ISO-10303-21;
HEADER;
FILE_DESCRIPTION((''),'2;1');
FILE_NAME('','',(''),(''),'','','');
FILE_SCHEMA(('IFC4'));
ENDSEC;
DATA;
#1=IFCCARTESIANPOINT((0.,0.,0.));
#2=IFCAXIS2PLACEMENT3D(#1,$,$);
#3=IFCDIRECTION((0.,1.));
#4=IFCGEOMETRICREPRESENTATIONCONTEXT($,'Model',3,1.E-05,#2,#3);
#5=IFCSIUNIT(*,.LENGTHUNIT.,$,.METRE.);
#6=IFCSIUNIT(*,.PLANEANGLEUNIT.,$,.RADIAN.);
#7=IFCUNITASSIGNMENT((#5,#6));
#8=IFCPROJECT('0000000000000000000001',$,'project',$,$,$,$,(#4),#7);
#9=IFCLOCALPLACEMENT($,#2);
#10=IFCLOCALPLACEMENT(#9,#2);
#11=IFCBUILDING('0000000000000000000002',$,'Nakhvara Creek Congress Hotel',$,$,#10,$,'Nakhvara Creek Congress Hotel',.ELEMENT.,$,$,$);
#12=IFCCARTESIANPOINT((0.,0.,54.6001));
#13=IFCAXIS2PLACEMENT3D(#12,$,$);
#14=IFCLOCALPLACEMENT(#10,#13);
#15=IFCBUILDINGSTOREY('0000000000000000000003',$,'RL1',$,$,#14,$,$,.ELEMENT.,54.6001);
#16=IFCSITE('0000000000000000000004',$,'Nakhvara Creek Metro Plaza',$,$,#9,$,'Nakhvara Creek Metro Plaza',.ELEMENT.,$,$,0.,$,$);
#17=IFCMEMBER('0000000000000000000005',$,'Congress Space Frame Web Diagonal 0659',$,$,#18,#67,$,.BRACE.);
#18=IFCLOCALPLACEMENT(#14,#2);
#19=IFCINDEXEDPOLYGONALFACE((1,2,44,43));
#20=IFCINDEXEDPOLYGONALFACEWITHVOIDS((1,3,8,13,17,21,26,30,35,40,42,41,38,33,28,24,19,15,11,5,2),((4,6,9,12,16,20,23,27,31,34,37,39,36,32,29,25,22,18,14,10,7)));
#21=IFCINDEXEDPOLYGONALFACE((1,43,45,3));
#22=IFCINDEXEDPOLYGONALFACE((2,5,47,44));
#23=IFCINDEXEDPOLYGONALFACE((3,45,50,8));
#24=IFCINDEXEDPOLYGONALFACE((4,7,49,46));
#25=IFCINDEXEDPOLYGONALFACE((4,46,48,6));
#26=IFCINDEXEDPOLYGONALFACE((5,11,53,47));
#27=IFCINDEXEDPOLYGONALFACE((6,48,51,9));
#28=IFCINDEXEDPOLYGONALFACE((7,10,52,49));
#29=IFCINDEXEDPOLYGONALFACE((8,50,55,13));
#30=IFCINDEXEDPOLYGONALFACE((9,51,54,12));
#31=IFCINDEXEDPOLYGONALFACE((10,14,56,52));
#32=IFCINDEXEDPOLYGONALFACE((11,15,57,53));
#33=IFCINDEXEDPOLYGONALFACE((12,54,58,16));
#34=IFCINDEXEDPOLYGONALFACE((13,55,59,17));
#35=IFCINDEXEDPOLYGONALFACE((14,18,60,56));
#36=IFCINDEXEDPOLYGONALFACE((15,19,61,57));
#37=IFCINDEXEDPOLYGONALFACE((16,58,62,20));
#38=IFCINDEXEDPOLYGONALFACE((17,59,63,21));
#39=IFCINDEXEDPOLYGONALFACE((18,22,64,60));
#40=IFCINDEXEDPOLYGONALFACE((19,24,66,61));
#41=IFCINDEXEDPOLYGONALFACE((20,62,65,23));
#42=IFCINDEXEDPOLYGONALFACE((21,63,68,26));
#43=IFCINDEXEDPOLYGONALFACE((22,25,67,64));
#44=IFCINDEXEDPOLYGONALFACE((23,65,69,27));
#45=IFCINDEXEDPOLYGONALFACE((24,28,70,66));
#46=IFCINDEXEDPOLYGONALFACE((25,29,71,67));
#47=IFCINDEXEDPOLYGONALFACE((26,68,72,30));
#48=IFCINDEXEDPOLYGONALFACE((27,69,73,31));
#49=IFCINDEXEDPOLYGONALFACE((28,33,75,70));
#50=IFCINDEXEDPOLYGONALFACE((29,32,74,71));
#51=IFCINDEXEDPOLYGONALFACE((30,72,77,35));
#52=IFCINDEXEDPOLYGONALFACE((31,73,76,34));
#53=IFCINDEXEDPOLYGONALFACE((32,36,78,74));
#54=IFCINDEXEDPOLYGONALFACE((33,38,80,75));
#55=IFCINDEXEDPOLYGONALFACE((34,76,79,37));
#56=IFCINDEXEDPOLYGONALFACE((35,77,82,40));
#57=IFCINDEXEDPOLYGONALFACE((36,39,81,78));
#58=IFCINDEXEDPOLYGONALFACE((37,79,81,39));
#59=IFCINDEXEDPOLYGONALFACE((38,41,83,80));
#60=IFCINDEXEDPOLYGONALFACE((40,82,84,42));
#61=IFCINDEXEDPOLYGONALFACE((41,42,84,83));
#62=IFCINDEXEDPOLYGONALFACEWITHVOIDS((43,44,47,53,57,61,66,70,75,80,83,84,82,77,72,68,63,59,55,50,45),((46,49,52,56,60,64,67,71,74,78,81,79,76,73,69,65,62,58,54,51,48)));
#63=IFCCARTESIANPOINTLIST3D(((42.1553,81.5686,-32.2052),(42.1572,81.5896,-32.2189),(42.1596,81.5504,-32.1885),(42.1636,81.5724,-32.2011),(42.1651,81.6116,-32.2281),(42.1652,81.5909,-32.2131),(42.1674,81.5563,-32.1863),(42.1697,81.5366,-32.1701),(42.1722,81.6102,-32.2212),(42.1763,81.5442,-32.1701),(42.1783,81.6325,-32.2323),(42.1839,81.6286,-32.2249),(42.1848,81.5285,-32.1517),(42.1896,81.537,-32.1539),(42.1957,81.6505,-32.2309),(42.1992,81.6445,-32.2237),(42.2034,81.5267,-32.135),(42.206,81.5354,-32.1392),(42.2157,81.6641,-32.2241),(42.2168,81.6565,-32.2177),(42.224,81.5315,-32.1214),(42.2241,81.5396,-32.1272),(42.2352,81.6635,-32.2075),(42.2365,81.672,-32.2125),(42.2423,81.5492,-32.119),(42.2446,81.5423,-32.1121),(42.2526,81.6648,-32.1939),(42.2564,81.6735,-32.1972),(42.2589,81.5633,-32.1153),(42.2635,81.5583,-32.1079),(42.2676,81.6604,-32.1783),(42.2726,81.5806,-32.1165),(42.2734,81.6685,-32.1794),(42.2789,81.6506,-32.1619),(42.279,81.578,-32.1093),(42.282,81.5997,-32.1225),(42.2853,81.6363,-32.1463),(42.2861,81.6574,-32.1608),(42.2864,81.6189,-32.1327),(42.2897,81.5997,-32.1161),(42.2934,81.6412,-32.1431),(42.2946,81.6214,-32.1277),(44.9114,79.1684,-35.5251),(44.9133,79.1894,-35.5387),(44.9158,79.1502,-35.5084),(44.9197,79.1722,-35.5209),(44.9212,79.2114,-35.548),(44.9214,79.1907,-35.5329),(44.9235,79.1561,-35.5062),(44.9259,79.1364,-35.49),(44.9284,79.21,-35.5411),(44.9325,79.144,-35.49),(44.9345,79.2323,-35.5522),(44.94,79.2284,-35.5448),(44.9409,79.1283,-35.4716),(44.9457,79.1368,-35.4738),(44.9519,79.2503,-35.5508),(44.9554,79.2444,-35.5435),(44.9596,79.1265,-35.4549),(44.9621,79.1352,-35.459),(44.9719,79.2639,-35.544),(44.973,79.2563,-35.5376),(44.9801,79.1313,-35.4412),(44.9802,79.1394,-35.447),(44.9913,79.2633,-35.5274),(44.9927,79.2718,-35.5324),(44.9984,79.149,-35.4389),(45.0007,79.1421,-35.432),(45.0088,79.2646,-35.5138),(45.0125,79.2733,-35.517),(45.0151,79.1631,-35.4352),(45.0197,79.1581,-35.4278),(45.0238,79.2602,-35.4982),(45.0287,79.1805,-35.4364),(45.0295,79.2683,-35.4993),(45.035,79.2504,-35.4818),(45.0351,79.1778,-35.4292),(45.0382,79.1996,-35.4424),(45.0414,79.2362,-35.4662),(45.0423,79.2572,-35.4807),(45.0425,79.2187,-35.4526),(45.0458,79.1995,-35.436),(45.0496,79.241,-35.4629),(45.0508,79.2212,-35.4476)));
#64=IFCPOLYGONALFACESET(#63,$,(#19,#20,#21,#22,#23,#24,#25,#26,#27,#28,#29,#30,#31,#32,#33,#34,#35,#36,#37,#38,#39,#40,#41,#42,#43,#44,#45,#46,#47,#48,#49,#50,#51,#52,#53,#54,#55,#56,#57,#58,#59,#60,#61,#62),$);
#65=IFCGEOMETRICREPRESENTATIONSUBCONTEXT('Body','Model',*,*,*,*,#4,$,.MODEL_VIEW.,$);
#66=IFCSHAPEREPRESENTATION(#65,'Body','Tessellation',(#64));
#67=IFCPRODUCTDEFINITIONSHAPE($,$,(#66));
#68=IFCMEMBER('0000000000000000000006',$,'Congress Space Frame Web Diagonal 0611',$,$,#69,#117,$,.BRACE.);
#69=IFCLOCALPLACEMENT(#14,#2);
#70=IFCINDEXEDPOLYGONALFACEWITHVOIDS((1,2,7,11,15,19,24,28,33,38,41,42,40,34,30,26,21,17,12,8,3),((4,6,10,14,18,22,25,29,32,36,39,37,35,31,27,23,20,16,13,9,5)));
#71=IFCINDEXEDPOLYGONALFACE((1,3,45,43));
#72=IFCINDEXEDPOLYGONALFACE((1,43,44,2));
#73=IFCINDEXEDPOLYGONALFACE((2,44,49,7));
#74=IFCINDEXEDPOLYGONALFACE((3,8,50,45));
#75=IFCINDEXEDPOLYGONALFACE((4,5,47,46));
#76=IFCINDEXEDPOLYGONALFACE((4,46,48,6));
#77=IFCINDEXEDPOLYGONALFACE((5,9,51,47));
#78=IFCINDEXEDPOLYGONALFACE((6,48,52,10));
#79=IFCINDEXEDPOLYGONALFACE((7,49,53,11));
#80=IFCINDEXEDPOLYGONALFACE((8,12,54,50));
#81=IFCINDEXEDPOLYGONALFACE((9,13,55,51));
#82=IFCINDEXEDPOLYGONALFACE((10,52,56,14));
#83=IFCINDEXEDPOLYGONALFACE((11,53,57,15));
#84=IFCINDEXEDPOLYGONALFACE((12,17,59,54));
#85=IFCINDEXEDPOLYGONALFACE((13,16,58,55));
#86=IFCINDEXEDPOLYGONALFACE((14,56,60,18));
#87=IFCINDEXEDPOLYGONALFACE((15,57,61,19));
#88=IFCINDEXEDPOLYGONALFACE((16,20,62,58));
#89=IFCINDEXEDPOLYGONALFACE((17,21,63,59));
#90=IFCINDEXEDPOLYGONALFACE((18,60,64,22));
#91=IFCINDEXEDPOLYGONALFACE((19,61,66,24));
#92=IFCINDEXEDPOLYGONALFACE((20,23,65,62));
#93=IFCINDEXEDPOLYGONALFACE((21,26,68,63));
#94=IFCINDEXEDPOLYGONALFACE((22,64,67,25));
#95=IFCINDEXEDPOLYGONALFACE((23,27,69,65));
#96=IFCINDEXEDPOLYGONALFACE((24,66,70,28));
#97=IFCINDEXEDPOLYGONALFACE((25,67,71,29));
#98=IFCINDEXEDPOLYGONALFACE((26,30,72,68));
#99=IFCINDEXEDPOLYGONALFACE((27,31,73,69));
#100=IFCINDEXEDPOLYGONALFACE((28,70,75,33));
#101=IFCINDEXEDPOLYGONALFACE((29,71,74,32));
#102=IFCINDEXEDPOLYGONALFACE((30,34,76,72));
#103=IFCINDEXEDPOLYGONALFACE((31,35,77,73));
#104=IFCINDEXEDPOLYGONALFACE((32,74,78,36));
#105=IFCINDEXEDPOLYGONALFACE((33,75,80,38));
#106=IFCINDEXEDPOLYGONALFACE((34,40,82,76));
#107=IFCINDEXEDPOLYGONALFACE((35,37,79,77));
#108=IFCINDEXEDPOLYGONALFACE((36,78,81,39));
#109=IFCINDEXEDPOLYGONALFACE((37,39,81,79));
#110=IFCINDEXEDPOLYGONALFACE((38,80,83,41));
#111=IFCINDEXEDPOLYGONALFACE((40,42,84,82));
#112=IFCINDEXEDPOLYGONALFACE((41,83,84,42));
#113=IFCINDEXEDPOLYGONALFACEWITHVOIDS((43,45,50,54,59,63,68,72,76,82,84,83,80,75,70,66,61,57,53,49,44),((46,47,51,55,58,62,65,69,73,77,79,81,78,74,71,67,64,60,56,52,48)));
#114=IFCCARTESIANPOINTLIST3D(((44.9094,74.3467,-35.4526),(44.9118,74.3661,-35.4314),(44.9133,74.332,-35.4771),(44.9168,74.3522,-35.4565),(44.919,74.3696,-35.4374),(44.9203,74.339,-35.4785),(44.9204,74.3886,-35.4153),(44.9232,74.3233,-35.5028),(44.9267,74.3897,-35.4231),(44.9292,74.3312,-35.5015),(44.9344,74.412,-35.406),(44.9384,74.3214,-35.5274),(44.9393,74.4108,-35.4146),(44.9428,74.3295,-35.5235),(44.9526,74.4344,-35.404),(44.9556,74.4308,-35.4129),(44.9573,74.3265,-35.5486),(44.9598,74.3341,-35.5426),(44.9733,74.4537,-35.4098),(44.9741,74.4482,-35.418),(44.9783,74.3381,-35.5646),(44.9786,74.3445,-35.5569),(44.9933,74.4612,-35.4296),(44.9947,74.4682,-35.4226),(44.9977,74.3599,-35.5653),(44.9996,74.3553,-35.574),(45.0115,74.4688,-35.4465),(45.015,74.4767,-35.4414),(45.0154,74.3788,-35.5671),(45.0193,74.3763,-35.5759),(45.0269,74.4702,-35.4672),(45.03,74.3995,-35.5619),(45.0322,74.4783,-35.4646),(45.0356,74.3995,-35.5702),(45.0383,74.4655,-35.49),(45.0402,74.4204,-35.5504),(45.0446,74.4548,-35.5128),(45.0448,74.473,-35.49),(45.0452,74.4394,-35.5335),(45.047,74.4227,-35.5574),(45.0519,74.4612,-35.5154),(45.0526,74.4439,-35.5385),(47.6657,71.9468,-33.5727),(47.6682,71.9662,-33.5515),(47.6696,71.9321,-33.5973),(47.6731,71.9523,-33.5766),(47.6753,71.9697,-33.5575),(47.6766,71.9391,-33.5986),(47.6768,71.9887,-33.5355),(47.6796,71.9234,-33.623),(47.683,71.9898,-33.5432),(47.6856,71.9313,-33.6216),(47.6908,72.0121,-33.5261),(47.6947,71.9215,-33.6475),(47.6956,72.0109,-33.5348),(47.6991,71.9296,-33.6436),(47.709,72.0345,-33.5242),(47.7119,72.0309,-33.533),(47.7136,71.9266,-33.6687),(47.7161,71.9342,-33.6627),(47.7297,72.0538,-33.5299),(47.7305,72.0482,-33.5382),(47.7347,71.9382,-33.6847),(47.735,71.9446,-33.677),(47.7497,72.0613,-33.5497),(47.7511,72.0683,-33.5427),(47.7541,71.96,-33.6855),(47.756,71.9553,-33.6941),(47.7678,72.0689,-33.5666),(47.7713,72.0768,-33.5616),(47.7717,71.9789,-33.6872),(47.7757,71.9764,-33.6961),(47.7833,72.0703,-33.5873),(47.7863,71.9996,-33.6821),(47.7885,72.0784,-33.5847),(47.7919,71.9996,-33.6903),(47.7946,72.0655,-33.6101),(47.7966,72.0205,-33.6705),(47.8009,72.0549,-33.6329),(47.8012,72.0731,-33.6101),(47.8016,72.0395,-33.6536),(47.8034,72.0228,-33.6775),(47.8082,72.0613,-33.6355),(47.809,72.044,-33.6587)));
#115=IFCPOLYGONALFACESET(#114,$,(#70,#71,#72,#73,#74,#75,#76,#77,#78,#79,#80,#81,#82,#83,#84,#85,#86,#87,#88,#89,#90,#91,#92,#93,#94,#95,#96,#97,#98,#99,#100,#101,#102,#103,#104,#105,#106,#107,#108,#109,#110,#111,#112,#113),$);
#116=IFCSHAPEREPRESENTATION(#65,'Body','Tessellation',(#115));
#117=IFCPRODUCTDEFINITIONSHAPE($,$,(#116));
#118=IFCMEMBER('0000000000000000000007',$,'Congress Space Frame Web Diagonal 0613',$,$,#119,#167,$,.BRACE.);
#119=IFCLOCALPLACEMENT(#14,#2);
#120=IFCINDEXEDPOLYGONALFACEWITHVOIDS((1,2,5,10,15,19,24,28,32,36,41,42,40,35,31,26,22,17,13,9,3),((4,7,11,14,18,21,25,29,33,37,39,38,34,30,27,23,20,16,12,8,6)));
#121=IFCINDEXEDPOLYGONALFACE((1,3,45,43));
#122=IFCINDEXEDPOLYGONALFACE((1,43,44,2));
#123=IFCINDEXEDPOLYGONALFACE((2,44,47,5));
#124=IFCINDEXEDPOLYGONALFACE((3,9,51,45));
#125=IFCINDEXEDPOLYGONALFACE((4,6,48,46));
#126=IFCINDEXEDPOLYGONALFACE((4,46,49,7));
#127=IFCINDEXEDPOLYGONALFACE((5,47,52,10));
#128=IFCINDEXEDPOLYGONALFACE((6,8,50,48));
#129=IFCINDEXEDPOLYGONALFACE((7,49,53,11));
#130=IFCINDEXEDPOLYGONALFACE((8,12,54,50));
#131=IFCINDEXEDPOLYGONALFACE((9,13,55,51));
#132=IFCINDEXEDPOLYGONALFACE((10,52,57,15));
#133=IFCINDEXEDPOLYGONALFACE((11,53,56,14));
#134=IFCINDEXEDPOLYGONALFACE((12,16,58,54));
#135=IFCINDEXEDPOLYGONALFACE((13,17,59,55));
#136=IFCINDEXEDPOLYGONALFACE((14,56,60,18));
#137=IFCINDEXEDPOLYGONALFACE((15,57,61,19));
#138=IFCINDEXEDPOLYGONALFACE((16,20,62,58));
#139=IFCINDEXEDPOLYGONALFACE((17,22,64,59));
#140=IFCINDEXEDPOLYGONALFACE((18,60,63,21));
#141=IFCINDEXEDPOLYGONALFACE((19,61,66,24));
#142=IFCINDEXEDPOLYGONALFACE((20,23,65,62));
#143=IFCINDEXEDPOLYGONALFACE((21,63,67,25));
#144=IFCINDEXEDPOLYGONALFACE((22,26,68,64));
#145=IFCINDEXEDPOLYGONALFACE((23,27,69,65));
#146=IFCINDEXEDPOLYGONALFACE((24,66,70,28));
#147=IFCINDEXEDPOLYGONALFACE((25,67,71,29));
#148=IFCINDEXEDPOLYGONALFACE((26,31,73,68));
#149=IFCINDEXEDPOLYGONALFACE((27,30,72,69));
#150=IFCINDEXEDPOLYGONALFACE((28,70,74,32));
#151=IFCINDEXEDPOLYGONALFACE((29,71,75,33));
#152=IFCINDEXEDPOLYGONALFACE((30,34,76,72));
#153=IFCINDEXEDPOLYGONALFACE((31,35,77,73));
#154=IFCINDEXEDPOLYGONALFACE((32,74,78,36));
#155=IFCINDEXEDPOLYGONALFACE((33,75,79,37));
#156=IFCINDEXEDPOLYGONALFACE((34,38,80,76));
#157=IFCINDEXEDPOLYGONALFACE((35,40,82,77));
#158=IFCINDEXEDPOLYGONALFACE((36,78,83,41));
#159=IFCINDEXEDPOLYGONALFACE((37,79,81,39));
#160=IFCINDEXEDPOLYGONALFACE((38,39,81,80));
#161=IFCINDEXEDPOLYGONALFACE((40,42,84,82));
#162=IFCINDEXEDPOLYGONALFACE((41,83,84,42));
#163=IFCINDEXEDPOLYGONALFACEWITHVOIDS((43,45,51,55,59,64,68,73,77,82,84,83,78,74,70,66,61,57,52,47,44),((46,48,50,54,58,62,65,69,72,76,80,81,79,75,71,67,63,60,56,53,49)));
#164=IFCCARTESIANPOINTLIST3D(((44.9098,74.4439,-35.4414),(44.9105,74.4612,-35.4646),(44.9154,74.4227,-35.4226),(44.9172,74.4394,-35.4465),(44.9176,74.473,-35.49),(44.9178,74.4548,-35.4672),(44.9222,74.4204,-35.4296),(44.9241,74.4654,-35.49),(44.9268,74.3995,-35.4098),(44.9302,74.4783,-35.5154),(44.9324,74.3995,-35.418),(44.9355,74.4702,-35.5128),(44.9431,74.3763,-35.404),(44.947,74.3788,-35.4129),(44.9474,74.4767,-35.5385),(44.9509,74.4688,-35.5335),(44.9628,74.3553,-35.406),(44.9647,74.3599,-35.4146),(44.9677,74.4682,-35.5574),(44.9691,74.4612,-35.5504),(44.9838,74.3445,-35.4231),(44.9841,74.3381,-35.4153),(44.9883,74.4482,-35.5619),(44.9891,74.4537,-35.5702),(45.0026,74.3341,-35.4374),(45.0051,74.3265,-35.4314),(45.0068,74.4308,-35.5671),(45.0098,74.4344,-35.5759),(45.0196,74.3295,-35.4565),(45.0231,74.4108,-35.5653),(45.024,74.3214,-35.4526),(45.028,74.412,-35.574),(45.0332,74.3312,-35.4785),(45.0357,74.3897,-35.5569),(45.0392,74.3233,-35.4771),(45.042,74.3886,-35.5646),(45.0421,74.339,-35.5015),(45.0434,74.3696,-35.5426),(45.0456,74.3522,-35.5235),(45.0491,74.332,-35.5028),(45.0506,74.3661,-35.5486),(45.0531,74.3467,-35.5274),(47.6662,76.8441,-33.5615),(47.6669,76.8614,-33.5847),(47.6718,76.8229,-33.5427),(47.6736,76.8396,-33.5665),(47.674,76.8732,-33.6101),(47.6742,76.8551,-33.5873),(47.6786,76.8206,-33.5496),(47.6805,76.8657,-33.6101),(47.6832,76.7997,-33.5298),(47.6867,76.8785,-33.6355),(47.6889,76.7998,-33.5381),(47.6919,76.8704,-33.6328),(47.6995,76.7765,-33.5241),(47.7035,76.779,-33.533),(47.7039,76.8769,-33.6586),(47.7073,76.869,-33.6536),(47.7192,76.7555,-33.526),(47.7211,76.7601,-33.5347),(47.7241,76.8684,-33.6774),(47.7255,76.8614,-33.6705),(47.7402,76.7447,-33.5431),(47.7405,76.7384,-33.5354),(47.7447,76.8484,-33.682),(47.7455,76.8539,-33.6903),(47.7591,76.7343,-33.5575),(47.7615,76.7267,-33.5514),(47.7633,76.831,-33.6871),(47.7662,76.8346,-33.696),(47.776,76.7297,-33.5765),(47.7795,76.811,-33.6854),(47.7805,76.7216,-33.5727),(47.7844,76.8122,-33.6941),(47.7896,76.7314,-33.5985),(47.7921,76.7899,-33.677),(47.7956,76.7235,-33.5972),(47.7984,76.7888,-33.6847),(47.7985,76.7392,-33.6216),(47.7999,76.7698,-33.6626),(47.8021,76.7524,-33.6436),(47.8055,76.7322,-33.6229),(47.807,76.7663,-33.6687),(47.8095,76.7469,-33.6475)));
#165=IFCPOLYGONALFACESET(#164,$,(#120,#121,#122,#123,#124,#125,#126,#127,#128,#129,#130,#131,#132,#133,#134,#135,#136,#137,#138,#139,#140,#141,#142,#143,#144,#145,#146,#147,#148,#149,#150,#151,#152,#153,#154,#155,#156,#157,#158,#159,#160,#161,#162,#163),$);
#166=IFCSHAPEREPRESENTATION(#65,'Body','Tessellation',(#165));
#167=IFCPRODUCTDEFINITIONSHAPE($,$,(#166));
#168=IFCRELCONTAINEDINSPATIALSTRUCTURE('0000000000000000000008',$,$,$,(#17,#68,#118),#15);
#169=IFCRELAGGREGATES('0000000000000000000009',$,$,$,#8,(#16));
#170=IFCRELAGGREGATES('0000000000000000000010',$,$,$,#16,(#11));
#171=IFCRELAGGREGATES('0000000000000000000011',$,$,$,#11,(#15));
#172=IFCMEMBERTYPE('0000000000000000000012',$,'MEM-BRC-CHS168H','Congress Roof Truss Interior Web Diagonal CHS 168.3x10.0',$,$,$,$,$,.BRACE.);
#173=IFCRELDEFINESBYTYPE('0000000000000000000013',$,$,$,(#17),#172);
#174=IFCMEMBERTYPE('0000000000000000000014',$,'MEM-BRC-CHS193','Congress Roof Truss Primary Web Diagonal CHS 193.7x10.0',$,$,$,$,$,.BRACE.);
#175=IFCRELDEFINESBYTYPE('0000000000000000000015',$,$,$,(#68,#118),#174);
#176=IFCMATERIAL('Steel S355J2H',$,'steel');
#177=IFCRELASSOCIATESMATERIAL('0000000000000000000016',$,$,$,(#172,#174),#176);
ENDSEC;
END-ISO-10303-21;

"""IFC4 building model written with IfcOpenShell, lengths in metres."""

from ifc_helpers import new_model, si_unit, direction, frame, origin, origin_2d, place, context, subcontext, project, spatial, hollow_circle, extrude, material, material_profile, profile_set, type_object, element, save


model = new_model("IFC4")

# Units and contexts
model_context = context("Model", 3, precision=1e-05, world=origin(), true_north=direction((0.0, 1.0)))
body_context = subcontext(model_context, "Body", "Model", "MODEL_VIEW")
ifc_project = project(units=[si_unit("LENGTHUNIT", "METRE"), si_unit("PLANEANGLEUNIT", "RADIAN")], contexts=[model_context])

# Site, building, storey
site_placement = place(None, origin())
site = spatial("IfcSite", under=ifc_project, at=site_placement, Name="Nakhvara Creek Metro Plaza", LongName="Nakhvara Creek Metro Plaza", CompositionType="ELEMENT", RefElevation=0.0)
building_placement = place(site_placement, origin())
building = spatial("IfcBuilding", under=site, at=building_placement, Name="Nakhvara Creek Congress Hotel", LongName="Nakhvara Creek Congress Hotel", CompositionType="ELEMENT")
storey_placement = place(building_placement, frame((0.0, 0.0, 54.6001)))
storey = spatial("IfcBuildingStorey", under=building, at=storey_placement, Name="RL1", CompositionType="ELEMENT", Elevation=54.6001)

# Members
ifc_material_1 = material(Name="Steel S355J2H", Category="steel")
ifc_material_profile_1 = material_profile(ifc_material_1, hollow_circle(Radius=0.0842, WallThickness=0.01, at=origin_2d()), Name="CHS 168.3x10.0", Category="LoadBearing")
ifc_profile_set_1 = profile_set([ifc_material_profile_1], Name="Steel S355J2H")
member_type_1 = type_object("IfcMemberType", Name="MEM-BRC-CHS168H", Description="Congress Roof Truss Interior Web Diagonal CHS 168.3x10.0", PredefinedType="BRACE", material=ifc_profile_set_1)
member_1_placement = place(storey_placement, frame((44.9812, 79.2, -35.49), z_axis=(-0.558208, 0.486114, 0.672381), x_axis=(-0.656729, -0.754126, 0.0)))
element("IfcMember", 1, at=member_1_placement, inside=storey, type_object=member_type_1, Name="Congress Space Frame Web Diagonal 0659", PredefinedType="BRACE", context=body_context, shape_type="SweptSolid", body=[
    extrude(hollow_circle(Radius=0.0842, WallThickness=0.01, at=origin_2d()), origin(), (0.0, 0.0, 1.0), 4.9375),
])
ifc_material_profile_2 = material_profile(ifc_material_1, hollow_circle(Radius=0.0969, WallThickness=0.01, at=origin_2d()), Name="CHS 193.7x10.0", Category="LoadBearing")
ifc_profile_set_2 = profile_set([ifc_material_profile_2], Name="Steel S355J2H")
member_type_2 = type_object("IfcMemberType", Name="MEM-BRC-CHS193", Description="Congress Roof Truss Primary Web Diagonal CHS 193.7x10.0", PredefinedType="BRACE", material=ifc_profile_set_2)
member_2_placement = place(storey_placement, frame((44.9812, 74.3999, -35.49), z_axis=(0.670667, -0.583938, 0.457408), x_axis=(0.656658, 0.754188, 0.0)))
element("IfcMember", 2, at=member_2_placement, inside=storey, type_object=member_type_2, Name="Congress Space Frame Web Diagonal 0611", PredefinedType="BRACE", context=body_context, shape_type="SweptSolid", body=[
    extrude(hollow_circle(Radius=0.0969, WallThickness=0.01, at=origin_2d()), origin(), (0.0, 0.0, 1.0), 4.1099),
])
member_3_placement = place(storey_placement, frame((44.9812, 74.3999, -35.49), z_axis=(0.670644, 0.583977, 0.457392), x_axis=(-0.656696, 0.754155, 0.0)))
element("IfcMember", 3, at=member_3_placement, inside=storey, type_object=member_type_2, Name="Congress Space Frame Web Diagonal 0613", PredefinedType="BRACE", context=body_context, shape_type="SweptSolid", body=[
    extrude(hollow_circle(Radius=0.0969, WallThickness=0.01, at=origin_2d()), origin(), (0.0, 0.0, 1.0), 4.1101),
])

save(model, "model.ifc")
